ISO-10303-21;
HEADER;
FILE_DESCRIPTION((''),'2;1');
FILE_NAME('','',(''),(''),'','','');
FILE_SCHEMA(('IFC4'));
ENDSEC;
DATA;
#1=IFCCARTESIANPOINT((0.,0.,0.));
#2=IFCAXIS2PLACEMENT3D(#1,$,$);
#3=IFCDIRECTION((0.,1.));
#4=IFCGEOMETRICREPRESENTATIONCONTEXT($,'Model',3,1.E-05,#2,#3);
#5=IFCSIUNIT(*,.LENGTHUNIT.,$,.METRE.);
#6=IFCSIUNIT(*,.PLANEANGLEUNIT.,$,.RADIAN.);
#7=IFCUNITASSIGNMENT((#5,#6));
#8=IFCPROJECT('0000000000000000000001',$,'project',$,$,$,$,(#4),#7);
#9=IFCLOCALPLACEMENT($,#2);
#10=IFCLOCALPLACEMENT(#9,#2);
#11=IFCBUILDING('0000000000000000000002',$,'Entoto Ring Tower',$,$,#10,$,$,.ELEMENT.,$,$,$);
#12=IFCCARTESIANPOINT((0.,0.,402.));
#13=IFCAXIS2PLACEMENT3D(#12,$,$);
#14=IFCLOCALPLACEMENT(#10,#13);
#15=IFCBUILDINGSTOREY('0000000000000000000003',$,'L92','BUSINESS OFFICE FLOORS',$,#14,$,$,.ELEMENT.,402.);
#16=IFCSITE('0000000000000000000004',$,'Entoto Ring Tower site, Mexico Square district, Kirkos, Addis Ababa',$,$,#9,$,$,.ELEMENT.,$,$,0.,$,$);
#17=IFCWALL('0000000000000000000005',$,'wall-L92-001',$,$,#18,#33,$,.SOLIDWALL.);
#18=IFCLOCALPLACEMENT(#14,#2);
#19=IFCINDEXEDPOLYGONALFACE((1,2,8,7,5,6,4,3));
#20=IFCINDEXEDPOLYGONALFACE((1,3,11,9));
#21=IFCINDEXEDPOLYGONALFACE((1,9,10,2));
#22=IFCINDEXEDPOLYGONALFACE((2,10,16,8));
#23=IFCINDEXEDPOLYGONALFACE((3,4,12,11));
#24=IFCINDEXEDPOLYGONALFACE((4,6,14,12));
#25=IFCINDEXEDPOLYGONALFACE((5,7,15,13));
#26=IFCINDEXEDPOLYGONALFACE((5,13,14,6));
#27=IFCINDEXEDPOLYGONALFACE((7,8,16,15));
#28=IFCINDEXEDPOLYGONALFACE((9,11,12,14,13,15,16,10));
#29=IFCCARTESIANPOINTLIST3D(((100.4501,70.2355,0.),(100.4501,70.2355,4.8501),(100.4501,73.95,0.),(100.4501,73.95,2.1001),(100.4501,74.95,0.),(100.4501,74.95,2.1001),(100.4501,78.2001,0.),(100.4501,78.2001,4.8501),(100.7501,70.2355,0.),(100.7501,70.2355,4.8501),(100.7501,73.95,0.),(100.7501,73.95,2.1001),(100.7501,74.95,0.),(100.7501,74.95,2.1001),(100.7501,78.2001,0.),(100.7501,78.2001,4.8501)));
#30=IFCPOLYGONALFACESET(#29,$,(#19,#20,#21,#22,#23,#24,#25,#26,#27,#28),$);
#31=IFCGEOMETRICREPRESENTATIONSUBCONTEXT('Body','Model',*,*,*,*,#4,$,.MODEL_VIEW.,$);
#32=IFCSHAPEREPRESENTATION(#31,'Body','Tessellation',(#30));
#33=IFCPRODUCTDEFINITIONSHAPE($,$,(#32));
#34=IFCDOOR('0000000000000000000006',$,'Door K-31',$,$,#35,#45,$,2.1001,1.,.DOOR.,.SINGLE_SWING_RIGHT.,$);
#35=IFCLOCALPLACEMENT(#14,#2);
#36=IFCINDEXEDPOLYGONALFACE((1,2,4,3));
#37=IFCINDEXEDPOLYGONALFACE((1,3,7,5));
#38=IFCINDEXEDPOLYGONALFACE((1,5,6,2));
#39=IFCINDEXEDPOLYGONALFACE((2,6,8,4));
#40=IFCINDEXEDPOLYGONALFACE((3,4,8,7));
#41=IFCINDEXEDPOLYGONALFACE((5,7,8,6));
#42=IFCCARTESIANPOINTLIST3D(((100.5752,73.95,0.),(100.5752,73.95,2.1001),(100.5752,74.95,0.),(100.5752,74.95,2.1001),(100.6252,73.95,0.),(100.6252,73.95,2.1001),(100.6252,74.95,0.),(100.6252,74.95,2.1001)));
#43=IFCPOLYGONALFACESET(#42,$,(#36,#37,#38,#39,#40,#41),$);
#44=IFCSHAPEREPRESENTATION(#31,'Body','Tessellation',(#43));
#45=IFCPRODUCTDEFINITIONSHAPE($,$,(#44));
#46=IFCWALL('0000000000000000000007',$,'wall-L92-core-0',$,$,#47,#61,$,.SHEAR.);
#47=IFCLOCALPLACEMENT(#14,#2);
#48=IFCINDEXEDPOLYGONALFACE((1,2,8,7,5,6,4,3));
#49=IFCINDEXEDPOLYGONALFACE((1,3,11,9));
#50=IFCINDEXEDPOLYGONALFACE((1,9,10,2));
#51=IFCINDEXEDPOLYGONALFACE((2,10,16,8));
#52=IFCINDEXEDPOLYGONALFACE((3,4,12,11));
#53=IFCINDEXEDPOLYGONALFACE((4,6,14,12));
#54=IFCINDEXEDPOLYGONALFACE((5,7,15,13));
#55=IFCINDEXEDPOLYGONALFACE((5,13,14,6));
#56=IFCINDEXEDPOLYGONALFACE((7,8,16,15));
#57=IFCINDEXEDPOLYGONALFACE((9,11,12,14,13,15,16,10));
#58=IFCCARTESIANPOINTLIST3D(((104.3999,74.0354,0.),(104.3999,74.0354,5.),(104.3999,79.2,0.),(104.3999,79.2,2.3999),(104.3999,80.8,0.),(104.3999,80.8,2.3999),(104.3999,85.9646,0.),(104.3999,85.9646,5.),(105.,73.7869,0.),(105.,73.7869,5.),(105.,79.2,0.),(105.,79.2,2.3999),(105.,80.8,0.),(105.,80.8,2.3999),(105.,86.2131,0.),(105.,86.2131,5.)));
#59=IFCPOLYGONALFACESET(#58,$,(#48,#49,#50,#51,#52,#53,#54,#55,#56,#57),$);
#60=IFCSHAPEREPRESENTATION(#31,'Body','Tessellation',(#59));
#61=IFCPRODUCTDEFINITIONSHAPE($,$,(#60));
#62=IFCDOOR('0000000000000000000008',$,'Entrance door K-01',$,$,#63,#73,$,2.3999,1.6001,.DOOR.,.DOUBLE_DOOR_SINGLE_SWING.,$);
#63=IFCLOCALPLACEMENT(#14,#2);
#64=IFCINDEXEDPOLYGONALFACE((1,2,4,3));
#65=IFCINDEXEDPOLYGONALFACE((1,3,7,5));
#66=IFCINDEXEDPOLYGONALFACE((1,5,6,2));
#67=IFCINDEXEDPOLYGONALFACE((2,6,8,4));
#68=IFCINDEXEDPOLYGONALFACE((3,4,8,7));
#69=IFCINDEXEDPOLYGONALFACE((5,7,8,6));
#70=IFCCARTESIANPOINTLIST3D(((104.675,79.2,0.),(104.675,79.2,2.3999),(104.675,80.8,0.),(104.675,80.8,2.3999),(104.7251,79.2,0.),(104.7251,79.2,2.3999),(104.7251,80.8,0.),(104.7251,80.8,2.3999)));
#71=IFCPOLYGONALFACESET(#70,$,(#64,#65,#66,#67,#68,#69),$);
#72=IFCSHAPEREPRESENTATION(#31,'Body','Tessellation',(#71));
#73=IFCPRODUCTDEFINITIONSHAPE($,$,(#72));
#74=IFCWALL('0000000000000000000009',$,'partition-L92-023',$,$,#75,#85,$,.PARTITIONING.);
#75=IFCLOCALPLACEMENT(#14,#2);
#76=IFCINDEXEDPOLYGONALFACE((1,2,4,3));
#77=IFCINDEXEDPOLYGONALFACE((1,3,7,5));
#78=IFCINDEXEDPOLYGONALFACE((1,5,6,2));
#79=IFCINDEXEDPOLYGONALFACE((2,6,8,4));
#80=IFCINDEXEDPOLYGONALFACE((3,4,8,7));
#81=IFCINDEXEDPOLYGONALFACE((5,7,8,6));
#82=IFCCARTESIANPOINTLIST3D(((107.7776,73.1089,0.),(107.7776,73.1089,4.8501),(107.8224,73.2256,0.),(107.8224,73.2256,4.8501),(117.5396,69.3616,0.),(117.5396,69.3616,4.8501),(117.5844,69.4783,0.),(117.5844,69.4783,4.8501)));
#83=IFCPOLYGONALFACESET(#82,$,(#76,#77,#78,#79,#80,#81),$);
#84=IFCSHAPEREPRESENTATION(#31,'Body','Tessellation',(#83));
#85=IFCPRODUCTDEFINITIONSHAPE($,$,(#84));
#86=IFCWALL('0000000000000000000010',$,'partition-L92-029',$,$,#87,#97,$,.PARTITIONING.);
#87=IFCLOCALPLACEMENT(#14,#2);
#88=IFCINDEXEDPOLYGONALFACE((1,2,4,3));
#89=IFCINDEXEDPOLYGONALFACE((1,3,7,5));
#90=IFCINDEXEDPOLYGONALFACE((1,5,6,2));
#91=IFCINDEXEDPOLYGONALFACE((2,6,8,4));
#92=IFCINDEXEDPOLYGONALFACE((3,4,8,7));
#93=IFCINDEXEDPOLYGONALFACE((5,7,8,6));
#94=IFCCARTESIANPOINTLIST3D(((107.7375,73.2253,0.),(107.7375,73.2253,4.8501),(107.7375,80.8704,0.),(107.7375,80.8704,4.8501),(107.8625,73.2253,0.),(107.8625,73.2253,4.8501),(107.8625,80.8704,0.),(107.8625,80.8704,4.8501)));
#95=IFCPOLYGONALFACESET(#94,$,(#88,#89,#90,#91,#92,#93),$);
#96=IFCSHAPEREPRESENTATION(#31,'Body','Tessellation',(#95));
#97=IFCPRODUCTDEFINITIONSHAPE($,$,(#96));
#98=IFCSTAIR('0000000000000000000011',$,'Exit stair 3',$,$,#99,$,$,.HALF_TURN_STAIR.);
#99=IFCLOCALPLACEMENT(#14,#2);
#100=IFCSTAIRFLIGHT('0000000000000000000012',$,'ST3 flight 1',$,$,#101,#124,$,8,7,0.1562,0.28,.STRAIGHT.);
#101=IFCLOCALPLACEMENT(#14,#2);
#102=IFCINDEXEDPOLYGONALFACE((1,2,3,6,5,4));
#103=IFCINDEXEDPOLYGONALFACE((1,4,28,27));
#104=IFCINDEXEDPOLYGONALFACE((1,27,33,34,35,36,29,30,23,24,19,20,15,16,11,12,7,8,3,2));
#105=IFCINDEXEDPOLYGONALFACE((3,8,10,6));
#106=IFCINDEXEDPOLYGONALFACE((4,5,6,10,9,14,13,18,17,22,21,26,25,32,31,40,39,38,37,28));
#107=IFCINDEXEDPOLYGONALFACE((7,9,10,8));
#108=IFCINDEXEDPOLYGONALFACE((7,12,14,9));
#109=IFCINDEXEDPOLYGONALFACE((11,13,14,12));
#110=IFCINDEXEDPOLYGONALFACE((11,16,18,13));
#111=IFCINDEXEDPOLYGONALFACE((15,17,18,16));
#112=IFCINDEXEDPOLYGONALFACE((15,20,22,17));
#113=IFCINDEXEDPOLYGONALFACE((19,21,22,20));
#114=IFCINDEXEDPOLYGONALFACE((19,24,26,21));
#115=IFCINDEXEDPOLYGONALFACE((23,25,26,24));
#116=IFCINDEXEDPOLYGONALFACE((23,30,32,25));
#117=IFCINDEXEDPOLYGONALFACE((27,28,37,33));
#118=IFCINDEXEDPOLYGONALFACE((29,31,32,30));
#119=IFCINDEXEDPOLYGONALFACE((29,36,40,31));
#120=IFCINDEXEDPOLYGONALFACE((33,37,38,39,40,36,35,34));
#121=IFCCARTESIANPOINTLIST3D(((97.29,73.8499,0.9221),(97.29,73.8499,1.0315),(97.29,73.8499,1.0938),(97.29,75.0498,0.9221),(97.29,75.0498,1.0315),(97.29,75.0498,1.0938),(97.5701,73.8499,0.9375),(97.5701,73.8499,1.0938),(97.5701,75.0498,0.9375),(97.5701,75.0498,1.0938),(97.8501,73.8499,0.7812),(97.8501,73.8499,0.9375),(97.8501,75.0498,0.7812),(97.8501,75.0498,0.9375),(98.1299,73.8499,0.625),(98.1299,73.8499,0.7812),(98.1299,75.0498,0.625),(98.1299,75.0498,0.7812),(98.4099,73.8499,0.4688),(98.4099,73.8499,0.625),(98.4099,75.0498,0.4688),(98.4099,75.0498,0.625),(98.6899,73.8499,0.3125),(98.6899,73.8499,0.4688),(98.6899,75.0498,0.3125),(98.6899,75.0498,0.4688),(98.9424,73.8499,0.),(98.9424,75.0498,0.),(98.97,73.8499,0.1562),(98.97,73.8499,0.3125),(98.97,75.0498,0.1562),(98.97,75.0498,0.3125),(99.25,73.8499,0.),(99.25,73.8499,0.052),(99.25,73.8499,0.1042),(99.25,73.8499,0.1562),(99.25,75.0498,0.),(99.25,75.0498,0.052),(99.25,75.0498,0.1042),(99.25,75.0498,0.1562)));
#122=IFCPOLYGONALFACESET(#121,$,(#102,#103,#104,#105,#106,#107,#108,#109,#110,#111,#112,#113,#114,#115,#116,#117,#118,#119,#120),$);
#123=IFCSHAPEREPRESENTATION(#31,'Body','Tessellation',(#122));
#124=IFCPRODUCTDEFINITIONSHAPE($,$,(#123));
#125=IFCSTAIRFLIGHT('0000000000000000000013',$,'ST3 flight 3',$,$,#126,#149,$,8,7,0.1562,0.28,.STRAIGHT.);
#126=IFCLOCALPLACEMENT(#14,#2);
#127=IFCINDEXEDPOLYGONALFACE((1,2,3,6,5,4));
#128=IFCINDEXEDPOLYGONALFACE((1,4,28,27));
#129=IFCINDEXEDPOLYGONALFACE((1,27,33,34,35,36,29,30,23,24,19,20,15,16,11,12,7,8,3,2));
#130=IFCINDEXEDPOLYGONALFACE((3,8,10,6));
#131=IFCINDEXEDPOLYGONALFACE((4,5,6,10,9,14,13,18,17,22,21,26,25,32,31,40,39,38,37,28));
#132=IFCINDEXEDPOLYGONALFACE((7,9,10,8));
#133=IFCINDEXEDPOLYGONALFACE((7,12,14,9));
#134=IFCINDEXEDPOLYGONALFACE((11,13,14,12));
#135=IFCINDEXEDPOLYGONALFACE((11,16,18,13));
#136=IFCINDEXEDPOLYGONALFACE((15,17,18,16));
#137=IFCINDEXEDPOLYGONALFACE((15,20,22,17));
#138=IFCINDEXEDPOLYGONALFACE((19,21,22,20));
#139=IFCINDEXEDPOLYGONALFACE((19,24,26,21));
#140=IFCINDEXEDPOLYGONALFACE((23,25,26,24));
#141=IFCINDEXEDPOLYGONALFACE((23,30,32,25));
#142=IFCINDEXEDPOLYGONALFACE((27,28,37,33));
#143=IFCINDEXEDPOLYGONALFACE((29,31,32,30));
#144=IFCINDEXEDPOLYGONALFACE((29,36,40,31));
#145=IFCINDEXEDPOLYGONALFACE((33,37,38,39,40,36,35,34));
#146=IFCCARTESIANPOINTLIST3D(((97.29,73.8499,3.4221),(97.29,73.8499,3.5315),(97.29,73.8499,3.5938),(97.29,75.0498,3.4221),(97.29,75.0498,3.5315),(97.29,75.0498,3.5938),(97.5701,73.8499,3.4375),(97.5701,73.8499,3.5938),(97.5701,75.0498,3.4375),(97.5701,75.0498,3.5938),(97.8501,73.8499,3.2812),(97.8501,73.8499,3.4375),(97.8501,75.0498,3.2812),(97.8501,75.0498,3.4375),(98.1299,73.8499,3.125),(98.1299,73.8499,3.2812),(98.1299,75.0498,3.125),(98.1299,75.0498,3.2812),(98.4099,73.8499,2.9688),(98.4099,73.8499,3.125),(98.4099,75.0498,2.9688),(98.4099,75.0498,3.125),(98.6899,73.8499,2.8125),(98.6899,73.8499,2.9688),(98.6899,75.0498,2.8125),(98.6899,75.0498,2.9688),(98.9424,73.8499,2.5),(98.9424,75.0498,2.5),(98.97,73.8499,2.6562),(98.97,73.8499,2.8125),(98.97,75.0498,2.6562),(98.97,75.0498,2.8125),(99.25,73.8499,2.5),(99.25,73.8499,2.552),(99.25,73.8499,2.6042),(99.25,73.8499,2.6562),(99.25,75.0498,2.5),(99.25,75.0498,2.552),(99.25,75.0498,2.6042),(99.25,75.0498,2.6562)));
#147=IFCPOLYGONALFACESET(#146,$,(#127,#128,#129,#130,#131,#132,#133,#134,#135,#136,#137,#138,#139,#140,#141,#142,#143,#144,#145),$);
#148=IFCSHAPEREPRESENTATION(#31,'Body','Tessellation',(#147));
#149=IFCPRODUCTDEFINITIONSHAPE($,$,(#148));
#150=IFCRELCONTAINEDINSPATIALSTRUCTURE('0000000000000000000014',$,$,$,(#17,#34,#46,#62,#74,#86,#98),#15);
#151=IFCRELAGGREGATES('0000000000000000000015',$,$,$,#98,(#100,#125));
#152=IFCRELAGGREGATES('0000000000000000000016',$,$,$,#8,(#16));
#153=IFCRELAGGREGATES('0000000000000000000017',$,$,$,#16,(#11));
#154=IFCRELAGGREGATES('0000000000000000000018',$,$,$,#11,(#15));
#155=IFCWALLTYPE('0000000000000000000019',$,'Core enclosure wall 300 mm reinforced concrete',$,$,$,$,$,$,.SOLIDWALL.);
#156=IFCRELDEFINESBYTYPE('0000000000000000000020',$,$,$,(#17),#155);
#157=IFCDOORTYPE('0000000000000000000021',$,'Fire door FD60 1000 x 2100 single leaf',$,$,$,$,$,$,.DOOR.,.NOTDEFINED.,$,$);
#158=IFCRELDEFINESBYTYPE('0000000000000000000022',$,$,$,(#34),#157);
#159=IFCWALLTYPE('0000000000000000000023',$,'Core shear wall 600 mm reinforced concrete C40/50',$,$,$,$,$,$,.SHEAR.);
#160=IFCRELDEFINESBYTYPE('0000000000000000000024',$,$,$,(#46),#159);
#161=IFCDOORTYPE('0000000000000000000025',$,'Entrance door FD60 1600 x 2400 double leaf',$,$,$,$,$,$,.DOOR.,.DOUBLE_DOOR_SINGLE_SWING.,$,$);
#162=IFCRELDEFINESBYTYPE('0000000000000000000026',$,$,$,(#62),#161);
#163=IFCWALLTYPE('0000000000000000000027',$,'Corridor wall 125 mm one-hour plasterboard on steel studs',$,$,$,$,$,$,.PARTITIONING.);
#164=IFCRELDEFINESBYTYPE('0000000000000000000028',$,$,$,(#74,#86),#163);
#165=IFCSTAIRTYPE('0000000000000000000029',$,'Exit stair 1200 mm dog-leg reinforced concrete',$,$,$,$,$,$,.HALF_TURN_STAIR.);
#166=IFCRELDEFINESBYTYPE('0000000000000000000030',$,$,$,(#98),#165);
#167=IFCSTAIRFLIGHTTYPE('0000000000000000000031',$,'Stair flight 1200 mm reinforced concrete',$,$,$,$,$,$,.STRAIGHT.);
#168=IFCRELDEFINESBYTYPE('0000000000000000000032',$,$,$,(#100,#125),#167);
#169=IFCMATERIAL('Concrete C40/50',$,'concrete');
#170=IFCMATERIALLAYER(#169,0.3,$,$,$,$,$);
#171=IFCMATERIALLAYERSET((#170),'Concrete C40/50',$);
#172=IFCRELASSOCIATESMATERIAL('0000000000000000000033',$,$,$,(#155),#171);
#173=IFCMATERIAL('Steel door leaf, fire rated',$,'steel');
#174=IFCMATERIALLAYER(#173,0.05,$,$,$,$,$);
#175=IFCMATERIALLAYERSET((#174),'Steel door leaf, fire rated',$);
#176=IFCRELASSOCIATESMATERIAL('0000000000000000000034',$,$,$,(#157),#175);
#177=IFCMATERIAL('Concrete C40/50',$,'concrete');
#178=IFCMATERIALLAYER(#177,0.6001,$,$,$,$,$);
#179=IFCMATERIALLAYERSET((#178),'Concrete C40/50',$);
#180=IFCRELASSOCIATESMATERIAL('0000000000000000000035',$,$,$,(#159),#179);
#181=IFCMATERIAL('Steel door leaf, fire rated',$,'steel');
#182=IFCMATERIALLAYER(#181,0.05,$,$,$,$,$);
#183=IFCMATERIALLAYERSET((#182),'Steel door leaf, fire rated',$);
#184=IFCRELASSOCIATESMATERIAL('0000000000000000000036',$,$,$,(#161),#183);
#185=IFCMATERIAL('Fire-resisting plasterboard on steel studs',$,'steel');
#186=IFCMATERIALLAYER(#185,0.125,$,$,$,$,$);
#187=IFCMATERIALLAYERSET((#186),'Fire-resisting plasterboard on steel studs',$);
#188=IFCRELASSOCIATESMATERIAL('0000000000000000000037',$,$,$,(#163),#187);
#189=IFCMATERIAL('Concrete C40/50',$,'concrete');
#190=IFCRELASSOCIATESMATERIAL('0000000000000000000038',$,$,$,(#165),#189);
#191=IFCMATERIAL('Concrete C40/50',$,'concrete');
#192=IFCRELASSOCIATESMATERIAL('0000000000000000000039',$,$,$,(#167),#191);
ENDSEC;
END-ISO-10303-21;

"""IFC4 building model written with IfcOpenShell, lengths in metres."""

from ifc_helpers import new_model, si_unit, direction, frame, frame_2d, origin, place, context, subcontext, project, spatial, polyline, rectangle, outline, extrude, material, layer, layer_set, type_object, element, fill, aggregate, save


model = new_model("IFC4")

# Units and contexts
model_context = context("Model", 3, precision=1e-05, world=origin(), true_north=direction((0.0, 1.0)))
body_context = subcontext(model_context, "Body", "Model", "MODEL_VIEW")
ifc_project = project(units=[si_unit("LENGTHUNIT", "METRE"), si_unit("PLANEANGLEUNIT", "RADIAN")], contexts=[model_context])

# Site, building, storey
site_placement = place(None, origin())
site = spatial("IfcSite", under=ifc_project, at=site_placement, Name="Entoto Ring Tower site, Mexico Square district, Kirkos, Addis Ababa", CompositionType="ELEMENT", RefElevation=0.0)
building_placement = place(site_placement, origin())
building = spatial("IfcBuilding", under=site, at=building_placement, Name="Entoto Ring Tower", CompositionType="ELEMENT")
storey_placement = place(building_placement, frame((0.0, 0.0, 402.0)))
storey = spatial("IfcBuildingStorey", under=building, at=storey_placement, Name="L92", Description="BUSINESS OFFICE FLOORS", CompositionType="ELEMENT", Elevation=402.0)

# Walls, openings, doors
ifc_material_1 = material(Name="Concrete C40/50", Category="concrete")
ifc_layer_1 = layer(ifc_material_1, 0.3)
ifc_layer_set_1 = layer_set([ifc_layer_1], Name="Concrete C40/50")
wall_type_1 = type_object("IfcWallType", Name="Core enclosure wall 300 mm reinforced concrete", PredefinedType="SOLIDWALL", material=ifc_layer_set_1)
wall_1_placement = place(storey_placement, frame((100.6001, 70.2354, 0.0), z_axis=(0.0, 0.0, 1.0), x_axis=(0.0, 1.0, 0.0)))
wall_1 = element("IfcWall", 1, at=wall_1_placement, inside=storey, type_object=wall_type_1, Name="wall-L92-001", PredefinedType="SOLIDWALL", context=body_context, shape_type="SweptSolid", body=[
    extrude(rectangle(XDim=7.9646, YDim=0.3, at=frame_2d((3.9824, 0.0))), origin(), (0.0, 0.0, 1.0), 4.8501),
])
opening_1_placement = place(wall_1_placement, frame((3.7146, 0.0, 0.0)))
opening_1 = element("IfcOpeningElement", 2, at=opening_1_placement, cuts=wall_1, PredefinedType="OPENING", context=body_context, shape_type="SweptSolid", body=[
    extrude(rectangle(XDim=1.0, YDim=2.1001, at=frame_2d((0.5, 1.05))), frame((0.0, 0.1602, 0.0), z_axis=(0.0, -1.0, 0.0), x_axis=(1.0, 0.0, 0.0)), (0.0, 0.0, 1.0), 0.3201),
])
ifc_material_2 = material(Name="Steel door leaf, fire rated", Category="steel")
ifc_layer_2 = layer(ifc_material_2, 0.05)
ifc_layer_set_2 = layer_set([ifc_layer_2], Name="Steel door leaf, fire rated")
door_type_1 = type_object("IfcDoorType", Name="Fire door FD60 1000 x 2100 single leaf", OperationType="NOTDEFINED", PredefinedType="DOOR", material=ifc_layer_set_2)
door_1_placement = place(opening_1_placement, origin())
door_1 = element("IfcDoor", 3, at=door_1_placement, inside=storey, type_object=door_type_1, Name="Door K-31", OperationType="SINGLE_SWING_RIGHT", OverallHeight=2.1001, OverallWidth=1.0, PredefinedType="DOOR", context=body_context, shape_type="SweptSolid", body=[
    extrude(rectangle(XDim=1.0, YDim=2.1001, at=frame_2d((0.5, 1.05))), frame((0.0, 0.0249, 0.0), z_axis=(0.0, -1.0, 0.0), x_axis=(1.0, 0.0, 0.0)), (0.0, 0.0, 1.0), 0.05),
])
fill(opening_1, door_1)
ifc_material_3 = material(Name="Concrete C40/50", Category="concrete")
ifc_layer_3 = layer(ifc_material_3, 0.6001)
ifc_layer_set_3 = layer_set([ifc_layer_3], Name="Concrete C40/50")
wall_type_2 = type_object("IfcWallType", Name="Core shear wall 600 mm reinforced concrete C40/50", PredefinedType="SHEAR", material=ifc_layer_set_3)
wall_2_placement = place(storey_placement, frame((104.7, 73.9111, 0.0), z_axis=(0.0, 0.0, 1.0), x_axis=(0.0, 1.0, 0.0)))
wall_2 = element("IfcWall", 4, at=wall_2_placement, inside=storey, type_object=wall_type_2, Name="wall-L92-core-0", PredefinedType="SHEAR", context=body_context, shape_type="SweptSolid", body=[
    extrude(outline(polyline([(-0.1243, -0.3), (12.302, -0.3), (12.0535, 0.3), (0.1243, 0.3), (-0.1243, -0.3)])), origin(), (0.0, 0.0, 1.0), 5.0),
])
opening_2_placement = place(wall_2_placement, frame((5.2888, 0.0, 0.0)))
opening_2 = element("IfcOpeningElement", 5, at=opening_2_placement, cuts=wall_2, PredefinedType="OPENING", context=body_context, shape_type="SweptSolid", body=[
    extrude(rectangle(XDim=1.6001, YDim=2.3999, at=frame_2d((0.8, 1.2))), frame((0.0, 0.3101, 0.0), z_axis=(0.0, -1.0, 0.0), x_axis=(1.0, 0.0, 0.0)), (0.0, 0.0, 1.0), 0.6201),
])
ifc_material_4 = material(Name="Steel door leaf, fire rated", Category="steel")
ifc_layer_4 = layer(ifc_material_4, 0.05)
ifc_layer_set_4 = layer_set([ifc_layer_4], Name="Steel door leaf, fire rated")
door_type_2 = type_object("IfcDoorType", Name="Entrance door FD60 1600 x 2400 double leaf", OperationType="DOUBLE_DOOR_SINGLE_SWING", PredefinedType="DOOR", material=ifc_layer_set_4)
door_2_placement = place(opening_2_placement, origin())
door_2 = element("IfcDoor", 6, at=door_2_placement, inside=storey, type_object=door_type_2, Name="Entrance door K-01", OperationType="DOUBLE_DOOR_SINGLE_SWING", OverallHeight=2.3999, OverallWidth=1.6001, PredefinedType="DOOR", context=body_context, shape_type="SweptSolid", body=[
    extrude(rectangle(XDim=1.6001, YDim=2.3999, at=frame_2d((0.8, 1.2))), frame((0.0, 0.0249, 0.0), z_axis=(0.0, -1.0, 0.0), x_axis=(1.0, 0.0, 0.0)), (0.0, 0.0, 1.0), 0.05),
])
fill(opening_2, door_2)

# Walls
ifc_material_5 = material(Name="Fire-resisting plasterboard on steel studs", Category="steel")
ifc_layer_5 = layer(ifc_material_5, 0.125)
ifc_layer_set_5 = layer_set([ifc_layer_5], Name="Fire-resisting plasterboard on steel studs")
wall_type_3 = type_object("IfcWallType", Name="Corridor wall 125 mm one-hour plasterboard on steel studs", PredefinedType="PARTITIONING", material=ifc_layer_set_5)
wall_3_placement = place(storey_placement, frame((117.562, 69.4199, 0.0), z_axis=(0.0, 0.0, 1.0), x_axis=(-0.933579, 0.358372, 0.0)))
element("IfcWall", 7, at=wall_3_placement, inside=storey, type_object=wall_type_3, Name="partition-L92-023", PredefinedType="PARTITIONING", context=body_context, shape_type="SweptSolid", body=[
    extrude(rectangle(XDim=10.4565, YDim=0.125, at=frame_2d((5.2283, 0.0))), origin(), (0.0, 0.0, 1.0), 4.8501),
])
wall_4_placement = place(storey_placement, frame((107.8, 73.2253, 0.0), z_axis=(0.0, 0.0, 1.0), x_axis=(0.0, 1.0, 0.0)))
element("IfcWall", 8, at=wall_4_placement, inside=storey, type_object=wall_type_3, Name="partition-L92-029", PredefinedType="PARTITIONING", context=body_context, shape_type="SweptSolid", body=[
    extrude(rectangle(XDim=7.645, YDim=0.125, at=frame_2d((3.8225, 0.0))), origin(), (0.0, 0.0, 1.0), 4.8501),
])

# Stair, stair flights
ifc_material_6 = material(Name="Concrete C40/50", Category="concrete")
stair_type = type_object("IfcStairType", Name="Exit stair 1200 mm dog-leg reinforced concrete", PredefinedType="HALF_TURN_STAIR", material=ifc_material_6)
stair_placement = place(storey_placement, origin())
stair = element("IfcStair", 9, at=stair_placement, inside=storey, type_object=stair_type, Name="Exit stair 3", PredefinedType="HALF_TURN_STAIR")
ifc_material_7 = material(Name="Concrete C40/50", Category="concrete")
stair_flight_type = type_object("IfcStairFlightType", Name="Stair flight 1200 mm reinforced concrete", PredefinedType="STRAIGHT", material=ifc_material_7)
stair_flight_1_placement = place(storey_placement, frame((99.25, 74.45, 0.0), z_axis=(0.0, 0.0, 1.0), x_axis=(-1.0, 0.0, 0.0)))
stair_flight_1 = element("IfcStairFlight", 10, at=stair_flight_1_placement, type_object=stair_flight_type, Name="ST3 flight 1", NumberOfRisers=8, NumberOfTreads=7, PredefinedType="STRAIGHT", RiserHeight=0.1562, TreadLength=0.28, context=body_context, shape_type="SweptSolid", body=[
    extrude(outline(polyline([(0.0, 0.0), (0.0, 0.052), (0.0, 0.1042), (0.0, 0.1562), (0.28, 0.1562), (0.28, 0.3125), (0.5601, 0.3125), (0.5601, 0.4688), (0.8401, 0.4688), (0.8401, 0.625), (1.1201, 0.625), (1.1201, 0.7812), (1.3999, 0.7812), (1.3999, 0.9375), (1.6799, 0.9375), (1.6799, 1.0938), (1.96, 1.0938), (1.96, 1.25), (1.96, 1.1406), (1.96, 1.0315), (1.96, 0.9221), (0.3076, 0.0), (0.0, 0.0)])), frame((0.0, 0.6001, 0.0), z_axis=(0.0, -1.0, 0.0), x_axis=(1.0, 0.0, 0.0)), (0.0, 0.0, 1.0), 1.2),
])
stair_flight_2_placement = place(storey_placement, frame((99.25, 74.45, 2.5), z_axis=(0.0, 0.0, 1.0), x_axis=(-1.0, 0.0, 0.0)))
stair_flight_2 = element("IfcStairFlight", 11, at=stair_flight_2_placement, type_object=stair_flight_type, Name="ST3 flight 3", NumberOfRisers=8, NumberOfTreads=7, PredefinedType="STRAIGHT", RiserHeight=0.1562, TreadLength=0.28, context=body_context, shape_type="SweptSolid", body=[
    extrude(outline(polyline([(0.0, 0.0), (0.0, 0.052), (0.0, 0.1042), (0.0, 0.1562), (0.28, 0.1562), (0.28, 0.3125), (0.5601, 0.3125), (0.5601, 0.4688), (0.8401, 0.4688), (0.8401, 0.625), (1.1201, 0.625), (1.1201, 0.7812), (1.3999, 0.7812), (1.3999, 0.9375), (1.6799, 0.9375), (1.6799, 1.0938), (1.96, 1.0938), (1.96, 1.25), (1.96, 1.1406), (1.96, 1.0315), (1.96, 0.9221), (0.3076, 0.0), (0.0, 0.0)])), frame((0.0, 0.6001, 0.0), z_axis=(0.0, -1.0, 0.0), x_axis=(1.0, 0.0, 0.0)), (0.0, 0.0, 1.0), 1.2),
])
aggregate(stair, [stair_flight_1, stair_flight_2])

save(model, "model.ifc")
